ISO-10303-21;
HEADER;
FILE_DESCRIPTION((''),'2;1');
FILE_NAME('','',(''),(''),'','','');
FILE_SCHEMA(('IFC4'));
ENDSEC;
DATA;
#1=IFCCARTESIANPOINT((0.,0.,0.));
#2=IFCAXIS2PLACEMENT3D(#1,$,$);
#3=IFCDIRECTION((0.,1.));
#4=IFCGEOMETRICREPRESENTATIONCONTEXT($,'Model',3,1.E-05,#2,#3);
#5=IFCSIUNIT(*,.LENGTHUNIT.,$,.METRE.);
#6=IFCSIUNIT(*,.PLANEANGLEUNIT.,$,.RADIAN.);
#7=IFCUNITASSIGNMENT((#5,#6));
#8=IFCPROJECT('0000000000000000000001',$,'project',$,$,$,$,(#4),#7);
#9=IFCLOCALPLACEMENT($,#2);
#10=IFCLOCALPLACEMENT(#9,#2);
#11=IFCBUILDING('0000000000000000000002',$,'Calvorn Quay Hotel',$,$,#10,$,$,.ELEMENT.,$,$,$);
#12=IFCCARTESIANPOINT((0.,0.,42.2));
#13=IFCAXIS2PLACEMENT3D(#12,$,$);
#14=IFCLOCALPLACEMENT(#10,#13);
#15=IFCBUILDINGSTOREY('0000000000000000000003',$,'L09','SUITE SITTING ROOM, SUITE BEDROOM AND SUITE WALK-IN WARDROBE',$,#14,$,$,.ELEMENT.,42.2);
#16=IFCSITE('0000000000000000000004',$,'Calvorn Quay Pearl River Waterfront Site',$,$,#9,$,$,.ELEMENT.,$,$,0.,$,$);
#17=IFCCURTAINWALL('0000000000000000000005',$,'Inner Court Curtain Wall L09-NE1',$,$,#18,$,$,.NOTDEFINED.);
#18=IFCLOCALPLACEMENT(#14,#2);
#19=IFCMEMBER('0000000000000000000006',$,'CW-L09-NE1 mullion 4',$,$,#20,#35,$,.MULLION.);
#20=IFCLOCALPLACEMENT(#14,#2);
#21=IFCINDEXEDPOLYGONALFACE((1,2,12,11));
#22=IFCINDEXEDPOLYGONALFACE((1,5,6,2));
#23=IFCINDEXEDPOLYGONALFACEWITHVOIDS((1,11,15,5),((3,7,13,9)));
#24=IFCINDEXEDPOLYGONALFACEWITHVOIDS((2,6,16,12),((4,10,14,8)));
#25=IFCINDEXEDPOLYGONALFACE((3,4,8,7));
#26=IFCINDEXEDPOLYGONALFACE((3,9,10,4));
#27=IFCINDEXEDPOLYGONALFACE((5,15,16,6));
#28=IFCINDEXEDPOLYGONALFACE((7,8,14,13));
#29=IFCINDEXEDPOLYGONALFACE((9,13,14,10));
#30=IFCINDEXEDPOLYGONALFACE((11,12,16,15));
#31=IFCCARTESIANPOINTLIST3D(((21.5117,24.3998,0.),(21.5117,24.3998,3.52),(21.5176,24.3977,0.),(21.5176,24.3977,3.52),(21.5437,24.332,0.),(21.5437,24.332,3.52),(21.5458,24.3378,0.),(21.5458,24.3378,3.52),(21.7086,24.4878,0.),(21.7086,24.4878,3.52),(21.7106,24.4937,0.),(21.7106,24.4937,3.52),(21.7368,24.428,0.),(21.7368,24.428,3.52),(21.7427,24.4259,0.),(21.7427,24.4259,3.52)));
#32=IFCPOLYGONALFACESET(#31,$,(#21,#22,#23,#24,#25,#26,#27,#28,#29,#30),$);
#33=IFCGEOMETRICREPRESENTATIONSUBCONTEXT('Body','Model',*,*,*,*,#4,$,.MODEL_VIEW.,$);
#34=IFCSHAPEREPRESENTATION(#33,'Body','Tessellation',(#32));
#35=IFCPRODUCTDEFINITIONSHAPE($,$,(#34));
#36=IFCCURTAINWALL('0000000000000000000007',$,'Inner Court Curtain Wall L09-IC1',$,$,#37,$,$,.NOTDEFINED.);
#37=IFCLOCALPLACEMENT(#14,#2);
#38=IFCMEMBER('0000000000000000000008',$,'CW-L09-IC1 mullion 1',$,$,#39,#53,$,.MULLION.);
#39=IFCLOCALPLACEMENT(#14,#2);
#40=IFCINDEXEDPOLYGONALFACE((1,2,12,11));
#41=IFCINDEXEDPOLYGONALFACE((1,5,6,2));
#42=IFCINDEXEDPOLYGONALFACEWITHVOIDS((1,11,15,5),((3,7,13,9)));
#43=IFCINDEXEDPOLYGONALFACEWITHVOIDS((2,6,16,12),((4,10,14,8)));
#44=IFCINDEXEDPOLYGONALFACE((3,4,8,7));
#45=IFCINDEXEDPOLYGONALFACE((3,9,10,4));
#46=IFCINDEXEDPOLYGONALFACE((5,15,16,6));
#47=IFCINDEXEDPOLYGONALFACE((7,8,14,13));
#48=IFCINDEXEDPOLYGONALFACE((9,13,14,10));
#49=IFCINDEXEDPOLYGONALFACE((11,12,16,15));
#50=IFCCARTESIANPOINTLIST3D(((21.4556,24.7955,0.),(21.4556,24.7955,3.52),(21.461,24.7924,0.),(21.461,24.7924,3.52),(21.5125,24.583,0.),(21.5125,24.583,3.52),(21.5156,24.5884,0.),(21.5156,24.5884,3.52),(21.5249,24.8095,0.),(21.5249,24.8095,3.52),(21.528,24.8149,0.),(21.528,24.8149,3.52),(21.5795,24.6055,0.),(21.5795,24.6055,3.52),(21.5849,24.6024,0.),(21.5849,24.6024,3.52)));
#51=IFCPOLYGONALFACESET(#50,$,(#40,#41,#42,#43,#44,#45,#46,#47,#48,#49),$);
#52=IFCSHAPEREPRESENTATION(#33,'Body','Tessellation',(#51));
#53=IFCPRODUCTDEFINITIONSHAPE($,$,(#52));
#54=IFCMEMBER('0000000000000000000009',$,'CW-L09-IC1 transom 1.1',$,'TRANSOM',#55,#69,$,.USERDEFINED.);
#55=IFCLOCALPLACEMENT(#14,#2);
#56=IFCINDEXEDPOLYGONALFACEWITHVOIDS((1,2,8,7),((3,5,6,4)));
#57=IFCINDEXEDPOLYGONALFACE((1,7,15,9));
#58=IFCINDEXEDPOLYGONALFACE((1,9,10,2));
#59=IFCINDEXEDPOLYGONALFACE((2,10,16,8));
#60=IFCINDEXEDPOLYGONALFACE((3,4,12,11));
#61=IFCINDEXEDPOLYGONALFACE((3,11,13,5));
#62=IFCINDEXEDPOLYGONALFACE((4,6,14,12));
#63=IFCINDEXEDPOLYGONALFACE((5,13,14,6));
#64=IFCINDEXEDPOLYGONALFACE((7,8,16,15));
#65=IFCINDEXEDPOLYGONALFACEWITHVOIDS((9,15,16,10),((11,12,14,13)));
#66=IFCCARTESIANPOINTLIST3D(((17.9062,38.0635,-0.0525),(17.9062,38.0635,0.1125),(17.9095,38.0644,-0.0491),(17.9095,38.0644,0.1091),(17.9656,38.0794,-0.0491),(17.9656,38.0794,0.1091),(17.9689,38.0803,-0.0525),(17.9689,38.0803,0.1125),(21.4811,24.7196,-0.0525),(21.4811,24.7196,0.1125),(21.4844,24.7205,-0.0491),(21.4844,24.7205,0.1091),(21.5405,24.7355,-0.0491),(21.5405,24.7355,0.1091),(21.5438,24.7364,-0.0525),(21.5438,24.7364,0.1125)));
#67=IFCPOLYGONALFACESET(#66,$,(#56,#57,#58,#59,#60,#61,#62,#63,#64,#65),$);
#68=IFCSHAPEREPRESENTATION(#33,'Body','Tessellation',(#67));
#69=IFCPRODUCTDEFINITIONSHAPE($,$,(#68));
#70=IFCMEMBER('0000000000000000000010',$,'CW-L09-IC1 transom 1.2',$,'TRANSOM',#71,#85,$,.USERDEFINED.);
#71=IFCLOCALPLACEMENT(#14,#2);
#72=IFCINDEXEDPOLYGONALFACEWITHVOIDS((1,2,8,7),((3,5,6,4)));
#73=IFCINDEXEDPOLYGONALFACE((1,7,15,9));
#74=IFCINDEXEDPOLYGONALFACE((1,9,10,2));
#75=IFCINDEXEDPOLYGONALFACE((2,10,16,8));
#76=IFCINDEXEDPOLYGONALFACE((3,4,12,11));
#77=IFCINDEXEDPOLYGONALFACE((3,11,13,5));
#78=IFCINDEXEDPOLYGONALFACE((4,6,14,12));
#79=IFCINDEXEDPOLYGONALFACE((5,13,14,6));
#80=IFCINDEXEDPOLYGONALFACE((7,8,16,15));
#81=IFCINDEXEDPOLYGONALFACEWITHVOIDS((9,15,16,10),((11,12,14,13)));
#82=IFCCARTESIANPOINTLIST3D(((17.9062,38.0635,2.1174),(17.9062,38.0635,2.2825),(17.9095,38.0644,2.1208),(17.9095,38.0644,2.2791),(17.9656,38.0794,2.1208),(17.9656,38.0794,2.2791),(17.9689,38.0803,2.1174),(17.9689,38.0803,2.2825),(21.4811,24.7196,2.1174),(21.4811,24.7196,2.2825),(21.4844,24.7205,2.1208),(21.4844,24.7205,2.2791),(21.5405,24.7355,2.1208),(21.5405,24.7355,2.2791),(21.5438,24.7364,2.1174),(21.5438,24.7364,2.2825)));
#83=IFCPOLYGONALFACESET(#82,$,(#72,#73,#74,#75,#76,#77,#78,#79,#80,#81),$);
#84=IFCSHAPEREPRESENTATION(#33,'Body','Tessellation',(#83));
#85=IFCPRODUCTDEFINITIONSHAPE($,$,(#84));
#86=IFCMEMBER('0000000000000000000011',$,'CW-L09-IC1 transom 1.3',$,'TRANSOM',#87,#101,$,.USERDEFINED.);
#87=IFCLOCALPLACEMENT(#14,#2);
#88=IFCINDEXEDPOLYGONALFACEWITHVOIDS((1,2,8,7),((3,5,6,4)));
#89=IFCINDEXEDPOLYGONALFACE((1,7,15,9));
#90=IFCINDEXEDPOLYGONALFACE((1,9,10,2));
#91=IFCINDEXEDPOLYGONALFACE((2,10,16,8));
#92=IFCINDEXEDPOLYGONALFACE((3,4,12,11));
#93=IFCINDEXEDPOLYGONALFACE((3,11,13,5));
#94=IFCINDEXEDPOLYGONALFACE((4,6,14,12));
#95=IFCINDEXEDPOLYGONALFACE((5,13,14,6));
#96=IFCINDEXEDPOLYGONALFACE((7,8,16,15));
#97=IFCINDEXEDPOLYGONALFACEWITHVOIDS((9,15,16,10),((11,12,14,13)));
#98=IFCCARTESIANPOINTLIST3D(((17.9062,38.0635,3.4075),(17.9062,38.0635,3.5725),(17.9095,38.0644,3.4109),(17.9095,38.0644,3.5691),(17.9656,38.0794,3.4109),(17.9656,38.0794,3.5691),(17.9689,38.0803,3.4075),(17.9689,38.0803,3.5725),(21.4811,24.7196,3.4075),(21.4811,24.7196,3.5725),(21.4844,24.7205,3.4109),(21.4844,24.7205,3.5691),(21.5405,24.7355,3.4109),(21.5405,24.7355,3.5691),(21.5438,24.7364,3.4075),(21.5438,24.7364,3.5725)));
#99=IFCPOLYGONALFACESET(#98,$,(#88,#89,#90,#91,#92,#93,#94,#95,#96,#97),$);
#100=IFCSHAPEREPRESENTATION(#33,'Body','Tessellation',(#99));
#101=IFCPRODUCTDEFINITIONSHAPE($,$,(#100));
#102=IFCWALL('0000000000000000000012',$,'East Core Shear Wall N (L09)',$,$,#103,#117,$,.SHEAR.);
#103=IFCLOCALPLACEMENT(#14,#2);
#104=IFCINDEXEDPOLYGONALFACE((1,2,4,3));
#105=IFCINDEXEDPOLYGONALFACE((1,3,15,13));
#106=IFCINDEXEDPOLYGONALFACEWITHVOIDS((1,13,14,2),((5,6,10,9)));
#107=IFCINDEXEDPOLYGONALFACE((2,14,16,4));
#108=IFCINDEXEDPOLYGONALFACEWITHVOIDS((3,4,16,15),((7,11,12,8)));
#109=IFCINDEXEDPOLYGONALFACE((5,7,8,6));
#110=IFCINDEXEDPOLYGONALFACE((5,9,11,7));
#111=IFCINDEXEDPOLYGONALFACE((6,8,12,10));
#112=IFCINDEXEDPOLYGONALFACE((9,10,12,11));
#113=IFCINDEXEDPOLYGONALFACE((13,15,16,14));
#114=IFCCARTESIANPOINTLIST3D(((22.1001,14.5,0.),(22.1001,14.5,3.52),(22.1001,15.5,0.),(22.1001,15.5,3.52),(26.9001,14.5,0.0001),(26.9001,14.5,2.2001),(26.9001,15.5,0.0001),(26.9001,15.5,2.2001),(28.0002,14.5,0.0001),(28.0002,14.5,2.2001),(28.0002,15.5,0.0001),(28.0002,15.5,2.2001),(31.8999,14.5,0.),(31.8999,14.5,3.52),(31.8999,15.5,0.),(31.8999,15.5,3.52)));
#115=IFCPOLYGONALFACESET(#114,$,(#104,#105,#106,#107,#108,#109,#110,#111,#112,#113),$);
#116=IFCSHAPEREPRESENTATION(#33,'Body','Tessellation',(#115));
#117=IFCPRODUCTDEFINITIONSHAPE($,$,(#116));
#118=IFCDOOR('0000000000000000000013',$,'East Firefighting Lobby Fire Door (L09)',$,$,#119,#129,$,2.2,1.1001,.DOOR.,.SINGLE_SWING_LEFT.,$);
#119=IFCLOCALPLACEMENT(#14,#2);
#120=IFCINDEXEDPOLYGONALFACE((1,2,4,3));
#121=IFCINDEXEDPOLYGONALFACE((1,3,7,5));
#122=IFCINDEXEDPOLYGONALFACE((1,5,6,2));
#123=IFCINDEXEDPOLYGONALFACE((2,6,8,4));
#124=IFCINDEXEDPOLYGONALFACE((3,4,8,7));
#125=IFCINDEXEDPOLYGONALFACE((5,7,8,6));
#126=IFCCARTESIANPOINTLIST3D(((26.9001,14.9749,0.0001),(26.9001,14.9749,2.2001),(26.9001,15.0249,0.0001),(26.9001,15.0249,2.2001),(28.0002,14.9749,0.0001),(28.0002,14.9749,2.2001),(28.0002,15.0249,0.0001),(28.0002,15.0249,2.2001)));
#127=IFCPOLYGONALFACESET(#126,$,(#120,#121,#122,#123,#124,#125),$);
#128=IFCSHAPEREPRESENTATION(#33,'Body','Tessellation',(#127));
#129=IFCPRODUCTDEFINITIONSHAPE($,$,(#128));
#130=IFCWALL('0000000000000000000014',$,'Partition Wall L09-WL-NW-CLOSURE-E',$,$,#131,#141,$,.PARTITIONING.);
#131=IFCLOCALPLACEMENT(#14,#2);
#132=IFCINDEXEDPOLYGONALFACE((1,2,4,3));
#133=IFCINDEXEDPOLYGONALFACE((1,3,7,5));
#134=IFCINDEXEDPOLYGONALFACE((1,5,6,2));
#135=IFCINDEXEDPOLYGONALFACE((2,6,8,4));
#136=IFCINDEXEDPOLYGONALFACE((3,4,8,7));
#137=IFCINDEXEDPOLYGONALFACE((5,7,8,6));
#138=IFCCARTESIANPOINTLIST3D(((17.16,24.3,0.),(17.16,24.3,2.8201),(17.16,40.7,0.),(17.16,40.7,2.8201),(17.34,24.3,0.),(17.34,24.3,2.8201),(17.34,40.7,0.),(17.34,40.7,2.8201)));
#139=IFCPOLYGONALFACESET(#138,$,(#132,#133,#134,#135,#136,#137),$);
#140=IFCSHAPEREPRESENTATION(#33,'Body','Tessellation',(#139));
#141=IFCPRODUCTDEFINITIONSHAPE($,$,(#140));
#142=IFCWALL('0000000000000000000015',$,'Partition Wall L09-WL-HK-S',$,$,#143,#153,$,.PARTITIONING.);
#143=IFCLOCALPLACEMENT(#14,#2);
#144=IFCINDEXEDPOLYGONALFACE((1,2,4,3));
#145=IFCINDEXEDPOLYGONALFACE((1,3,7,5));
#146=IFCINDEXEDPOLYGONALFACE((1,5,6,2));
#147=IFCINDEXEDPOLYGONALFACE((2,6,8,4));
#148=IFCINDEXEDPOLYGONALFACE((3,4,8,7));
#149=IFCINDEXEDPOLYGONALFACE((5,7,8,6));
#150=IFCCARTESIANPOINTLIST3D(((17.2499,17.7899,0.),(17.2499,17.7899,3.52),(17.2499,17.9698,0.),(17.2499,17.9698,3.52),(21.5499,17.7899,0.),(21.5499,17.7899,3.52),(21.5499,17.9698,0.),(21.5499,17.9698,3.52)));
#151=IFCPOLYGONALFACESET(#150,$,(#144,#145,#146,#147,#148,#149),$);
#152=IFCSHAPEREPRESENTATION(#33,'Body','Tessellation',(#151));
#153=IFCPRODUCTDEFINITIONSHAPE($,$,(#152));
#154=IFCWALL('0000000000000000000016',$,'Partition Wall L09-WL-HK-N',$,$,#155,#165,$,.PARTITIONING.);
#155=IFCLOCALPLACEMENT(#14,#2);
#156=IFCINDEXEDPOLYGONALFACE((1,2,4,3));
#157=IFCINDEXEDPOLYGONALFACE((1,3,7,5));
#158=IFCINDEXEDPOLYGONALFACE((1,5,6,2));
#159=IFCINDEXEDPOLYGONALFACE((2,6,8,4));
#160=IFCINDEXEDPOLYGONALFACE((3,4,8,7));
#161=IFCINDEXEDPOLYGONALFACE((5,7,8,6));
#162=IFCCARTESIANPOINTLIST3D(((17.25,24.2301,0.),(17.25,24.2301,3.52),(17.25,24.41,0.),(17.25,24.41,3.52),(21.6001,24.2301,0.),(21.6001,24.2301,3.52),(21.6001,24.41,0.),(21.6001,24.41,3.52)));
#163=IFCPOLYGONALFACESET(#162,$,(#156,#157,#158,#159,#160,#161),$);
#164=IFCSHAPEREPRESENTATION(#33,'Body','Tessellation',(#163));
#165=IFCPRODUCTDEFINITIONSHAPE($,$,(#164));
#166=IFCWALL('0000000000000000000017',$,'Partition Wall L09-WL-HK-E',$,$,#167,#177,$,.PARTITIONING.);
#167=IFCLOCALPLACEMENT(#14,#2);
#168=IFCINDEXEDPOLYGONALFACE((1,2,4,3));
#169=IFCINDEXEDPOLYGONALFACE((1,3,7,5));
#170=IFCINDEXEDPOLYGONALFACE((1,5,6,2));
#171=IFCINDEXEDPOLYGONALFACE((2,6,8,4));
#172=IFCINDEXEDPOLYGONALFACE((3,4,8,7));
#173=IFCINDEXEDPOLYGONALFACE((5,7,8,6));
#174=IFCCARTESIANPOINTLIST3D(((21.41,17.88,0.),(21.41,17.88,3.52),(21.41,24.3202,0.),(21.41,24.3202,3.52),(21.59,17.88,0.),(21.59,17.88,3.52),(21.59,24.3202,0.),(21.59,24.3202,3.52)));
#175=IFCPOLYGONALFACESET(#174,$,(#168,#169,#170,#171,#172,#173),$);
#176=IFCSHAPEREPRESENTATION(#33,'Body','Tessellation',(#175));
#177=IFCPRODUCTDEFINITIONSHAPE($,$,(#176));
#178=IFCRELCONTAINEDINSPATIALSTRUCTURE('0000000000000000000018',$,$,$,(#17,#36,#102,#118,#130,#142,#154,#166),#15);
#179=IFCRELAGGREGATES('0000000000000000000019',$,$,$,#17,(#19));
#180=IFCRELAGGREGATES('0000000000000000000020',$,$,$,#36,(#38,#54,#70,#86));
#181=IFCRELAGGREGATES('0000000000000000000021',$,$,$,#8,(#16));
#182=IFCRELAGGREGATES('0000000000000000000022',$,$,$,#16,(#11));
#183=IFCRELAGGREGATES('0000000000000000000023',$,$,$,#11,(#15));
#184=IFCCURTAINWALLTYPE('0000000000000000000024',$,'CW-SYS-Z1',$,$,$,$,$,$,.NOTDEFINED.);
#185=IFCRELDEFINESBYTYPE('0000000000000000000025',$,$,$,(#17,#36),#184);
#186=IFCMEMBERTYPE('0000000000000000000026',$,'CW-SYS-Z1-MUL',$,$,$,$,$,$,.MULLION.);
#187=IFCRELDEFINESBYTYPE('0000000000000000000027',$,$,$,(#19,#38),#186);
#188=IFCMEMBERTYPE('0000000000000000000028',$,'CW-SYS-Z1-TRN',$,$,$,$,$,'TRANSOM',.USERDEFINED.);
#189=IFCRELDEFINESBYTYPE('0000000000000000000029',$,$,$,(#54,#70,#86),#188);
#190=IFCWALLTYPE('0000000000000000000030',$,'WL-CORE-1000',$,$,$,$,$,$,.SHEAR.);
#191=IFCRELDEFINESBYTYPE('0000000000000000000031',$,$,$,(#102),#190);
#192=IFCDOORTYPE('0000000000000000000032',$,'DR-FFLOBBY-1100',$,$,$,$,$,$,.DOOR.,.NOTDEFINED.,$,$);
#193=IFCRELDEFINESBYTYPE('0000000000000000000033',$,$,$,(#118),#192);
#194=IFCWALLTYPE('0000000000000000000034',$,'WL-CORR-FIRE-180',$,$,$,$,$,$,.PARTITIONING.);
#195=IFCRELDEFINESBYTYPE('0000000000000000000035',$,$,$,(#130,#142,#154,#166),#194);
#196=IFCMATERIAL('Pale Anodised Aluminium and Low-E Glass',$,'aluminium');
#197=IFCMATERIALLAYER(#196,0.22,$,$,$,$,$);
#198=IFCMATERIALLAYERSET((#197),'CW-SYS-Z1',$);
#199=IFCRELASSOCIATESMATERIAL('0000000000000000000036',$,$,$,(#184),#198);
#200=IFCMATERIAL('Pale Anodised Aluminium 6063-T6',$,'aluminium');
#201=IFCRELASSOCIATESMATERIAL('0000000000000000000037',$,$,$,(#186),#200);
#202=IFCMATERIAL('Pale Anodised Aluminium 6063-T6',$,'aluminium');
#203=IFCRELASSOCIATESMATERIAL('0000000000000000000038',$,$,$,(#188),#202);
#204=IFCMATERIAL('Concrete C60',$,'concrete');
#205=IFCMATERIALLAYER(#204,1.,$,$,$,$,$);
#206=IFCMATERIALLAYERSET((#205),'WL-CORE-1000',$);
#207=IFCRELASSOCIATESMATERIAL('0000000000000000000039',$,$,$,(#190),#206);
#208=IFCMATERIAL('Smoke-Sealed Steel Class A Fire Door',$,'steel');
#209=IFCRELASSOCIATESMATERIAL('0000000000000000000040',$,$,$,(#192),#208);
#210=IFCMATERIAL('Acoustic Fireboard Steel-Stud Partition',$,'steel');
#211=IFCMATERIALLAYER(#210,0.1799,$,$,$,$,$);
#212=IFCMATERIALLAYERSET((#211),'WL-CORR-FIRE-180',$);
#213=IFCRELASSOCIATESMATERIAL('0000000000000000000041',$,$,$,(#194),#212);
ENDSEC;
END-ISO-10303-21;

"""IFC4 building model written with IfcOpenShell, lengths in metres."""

from ifc_helpers import new_model, si_unit, direction, frame, frame_2d, origin, origin_2d, place, context, subcontext, project, spatial, rectangle, hollow_rectangle, extrude, material, layer, layer_set, material_profile, profile_set, type_object, element, fill, aggregate, save


model = new_model("IFC4")

# Units and contexts
model_context = context("Model", 3, precision=1e-05, world=origin(), true_north=direction((0.0, 1.0)))
body_context = subcontext(model_context, "Body", "Model", "MODEL_VIEW")
ifc_project = project(units=[si_unit("LENGTHUNIT", "METRE"), si_unit("PLANEANGLEUNIT", "RADIAN")], contexts=[model_context])

# Site, building, storey
site_placement = place(None, origin())
site = spatial("IfcSite", under=ifc_project, at=site_placement, Name="Calvorn Quay Pearl River Waterfront Site", CompositionType="ELEMENT", RefElevation=0.0)
building_placement = place(site_placement, origin())
building = spatial("IfcBuilding", under=site, at=building_placement, Name="Calvorn Quay Hotel", CompositionType="ELEMENT")
storey_placement = place(building_placement, frame((0.0, 0.0, 42.2)))
storey = spatial("IfcBuildingStorey", under=building, at=storey_placement, Name="L09", Description="SUITE SITTING ROOM, SUITE BEDROOM AND SUITE WALK-IN WARDROBE", CompositionType="ELEMENT", Elevation=42.2)

# Curtain wall, member
ifc_material_1 = material(Name="Pale Anodised Aluminium and Low-E Glass", Category="aluminium")
ifc_layer_1 = layer(ifc_material_1, 0.22)
ifc_layer_set_1 = layer_set([ifc_layer_1], Name="CW-SYS-Z1")
curtain_wall_type = type_object("IfcCurtainWallType", Name="CW-SYS-Z1", PredefinedType="NOTDEFINED", material=ifc_layer_set_1)
curtain_wall_1_placement = place(storey_placement, origin())
curtain_wall_1 = element("IfcCurtainWall", 1, at=curtain_wall_1_placement, inside=storey, type_object=curtain_wall_type, Name="Inner Court Curtain Wall L09-NE1", PredefinedType="NOTDEFINED")
ifc_material_2 = material(Name="Pale Anodised Aluminium 6063-T6", Category="aluminium")
ifc_material_profile_1 = material_profile(ifc_material_2, hollow_rectangle(XDim=0.075, YDim=0.22, WallThickness=0.0044, at=origin_2d()), Name="ALU-M220x75x4.5")
ifc_profile_set_1 = profile_set([ifc_material_profile_1], Name="Pale Anodised Aluminium 6063-T6")
member_type_1 = type_object("IfcMemberType", Name="CW-SYS-Z1-MUL", PredefinedType="MULLION", material=ifc_profile_set_1)
member_1_placement = place(storey_placement, frame((21.6272, 24.4128, 0.0), z_axis=(0.0, 0.0, 1.0), x_axis=(0.427006, -0.904249, 0.0)))
member_1 = element("IfcMember", 2, at=member_1_placement, type_object=member_type_1, Name="CW-L09-NE1 mullion 4", PredefinedType="MULLION", context=body_context, shape_type="SweptSolid", body=[
    extrude(hollow_rectangle(XDim=0.075, YDim=0.22, WallThickness=0.0044, at=origin_2d()), origin(), (0.0, 0.0, 1.0), 3.52),
])
aggregate(curtain_wall_1, [member_1])

# Curtain wall, members
curtain_wall_2_placement = place(storey_placement, origin())
curtain_wall_2 = element("IfcCurtainWall", 3, at=curtain_wall_2_placement, inside=storey, type_object=curtain_wall_type, Name="Inner Court Curtain Wall L09-IC1", PredefinedType="NOTDEFINED")
member_2_placement = place(storey_placement, frame((21.5203, 24.699, 0.0), z_axis=(0.0, 0.0, 1.0), x_axis=(-0.965937, -0.258779, 0.0)))
member_2 = element("IfcMember", 4, at=member_2_placement, type_object=member_type_1, Name="CW-L09-IC1 mullion 1", PredefinedType="MULLION", context=body_context, shape_type="SweptSolid", body=[
    extrude(hollow_rectangle(XDim=0.075, YDim=0.22, WallThickness=0.0044, at=origin_2d()), origin(), (0.0, 0.0, 1.0), 3.52),
])
ifc_material_3 = material(Name="Pale Anodised Aluminium 6063-T6", Category="aluminium")
ifc_material_profile_2 = material_profile(ifc_material_3, hollow_rectangle(XDim=0.0649, YDim=0.165, WallThickness=0.0034, at=origin_2d()), Name="ALU-T165x65x3.5")
ifc_profile_set_2 = profile_set([ifc_material_profile_2], Name="Pale Anodised Aluminium 6063-T6")
member_type_2 = type_object("IfcMemberType", Name="CW-SYS-Z1-TRN", ElementType="TRANSOM", PredefinedType="USERDEFINED", material=ifc_profile_set_2)
member_3_placement = place(storey_placement, frame((21.5125, 24.728, 0.03), z_axis=(-0.258781, 0.965936, 0.0), x_axis=(-0.965936, -0.258781, 0.0)))
member_3 = element("IfcMember", 5, at=member_3_placement, type_object=member_type_2, Name="CW-L09-IC1 transom 1.1", ObjectType="TRANSOM", PredefinedType="USERDEFINED", context=body_context, shape_type="SweptSolid", body=[
    extrude(hollow_rectangle(XDim=0.0649, YDim=0.165, WallThickness=0.0034, at=origin_2d()), origin(), (0.0, 0.0, 1.0), 13.8145),
])
member_4_placement = place(storey_placement, frame((21.5125, 24.728, 2.2), z_axis=(-0.258781, 0.965936, 0.0), x_axis=(-0.965936, -0.258781, 0.0)))
member_4 = element("IfcMember", 6, at=member_4_placement, type_object=member_type_2, Name="CW-L09-IC1 transom 1.2", ObjectType="TRANSOM", PredefinedType="USERDEFINED", context=body_context, shape_type="SweptSolid", body=[
    extrude(hollow_rectangle(XDim=0.0649, YDim=0.165, WallThickness=0.0034, at=origin_2d()), origin(), (0.0, 0.0, 1.0), 13.8145),
])
member_5_placement = place(storey_placement, frame((21.5125, 24.728, 3.49), z_axis=(-0.258781, 0.965936, 0.0), x_axis=(-0.965936, -0.258781, 0.0)))
member_5 = element("IfcMember", 7, at=member_5_placement, type_object=member_type_2, Name="CW-L09-IC1 transom 1.3", ObjectType="TRANSOM", PredefinedType="USERDEFINED", context=body_context, shape_type="SweptSolid", body=[
    extrude(hollow_rectangle(XDim=0.0649, YDim=0.165, WallThickness=0.0034, at=origin_2d()), origin(), (0.0, 0.0, 1.0), 13.8145),
])
aggregate(curtain_wall_2, [member_2, member_3, member_4, member_5])

# Wall, opening, door
ifc_material_4 = material(Name="Concrete C60", Category="concrete")
ifc_layer_2 = layer(ifc_material_4, 1.0)
ifc_layer_set_2 = layer_set([ifc_layer_2], Name="WL-CORE-1000")
wall_type_1 = type_object("IfcWallType", Name="WL-CORE-1000", PredefinedType="SHEAR", material=ifc_layer_set_2)
wall_1_placement = place(storey_placement, frame((22.1001, 15.0, 0.0), z_axis=(0.0, 0.0, 1.0), x_axis=(1.0, 0.0, 0.0)))
wall_1 = element("IfcWall", 8, at=wall_1_placement, inside=storey, type_object=wall_type_1, Name="East Core Shear Wall N (L09)", PredefinedType="SHEAR", context=body_context, shape_type="SweptSolid", body=[
    extrude(rectangle(XDim=9.7998, YDim=1.0, at=frame_2d((4.8999, 0.0))), origin(), (0.0, 0.0, 1.0), 3.52),
])
opening_1_placement = place(wall_1_placement, frame((4.8, 0.0, 0.0)))
opening_1 = element("IfcOpeningElement", 9, at=opening_1_placement, cuts=wall_1, PredefinedType="OPENING", context=body_context, shape_type="SweptSolid", body=[
    extrude(rectangle(XDim=1.1001, YDim=2.2, at=frame_2d((0.55, 1.1001))), frame((0.0, 0.51, 0.0), z_axis=(0.0, -1.0, 0.0), x_axis=(1.0, 0.0, 0.0)), (0.0, 0.0, 1.0), 1.02),
])
ifc_material_5 = material(Name="Smoke-Sealed Steel Class A Fire Door", Category="steel")
door_type_1 = type_object("IfcDoorType", Name="DR-FFLOBBY-1100", OperationType="NOTDEFINED", PredefinedType="DOOR", material=ifc_material_5)
door_1_placement = place(opening_1_placement, origin())
door_1 = element("IfcDoor", 10, at=door_1_placement, inside=storey, type_object=door_type_1, Name="East Firefighting Lobby Fire Door (L09)", OperationType="SINGLE_SWING_LEFT", OverallHeight=2.2, OverallWidth=1.1001, PredefinedType="DOOR", context=body_context, shape_type="SweptSolid", body=[
    extrude(rectangle(XDim=1.1001, YDim=2.2, at=frame_2d((0.55, 1.1001))), frame((0.0, 0.0249, 0.0), z_axis=(0.0, -1.0, 0.0), x_axis=(1.0, 0.0, 0.0)), (0.0, 0.0, 1.0), 0.05),
])
fill(opening_1, door_1)

# Walls
ifc_material_6 = material(Name="Acoustic Fireboard Steel-Stud Partition", Category="steel")
ifc_layer_3 = layer(ifc_material_6, 0.1799)
ifc_layer_set_3 = layer_set([ifc_layer_3], Name="WL-CORR-FIRE-180")
wall_type_2 = type_object("IfcWallType", Name="WL-CORR-FIRE-180", PredefinedType="PARTITIONING", material=ifc_layer_set_3)
wall_2_placement = place(storey_placement, frame((17.25, 24.3, 0.0), z_axis=(0.0, 0.0, 1.0), x_axis=(0.0, 1.0, 0.0)))
element("IfcWall", 11, at=wall_2_placement, inside=storey, type_object=wall_type_2, Name="Partition Wall L09-WL-NW-CLOSURE-E", PredefinedType="PARTITIONING", context=body_context, shape_type="SweptSolid", body=[
    extrude(rectangle(XDim=16.3999, YDim=0.1799, at=frame_2d((8.2, 0.0))), origin(), (0.0, 0.0, 1.0), 2.8201),
])
wall_3_placement = place(storey_placement, frame((17.25, 17.8799, 0.0), z_axis=(0.0, 0.0, 1.0), x_axis=(1.0, 0.0, 0.0)))
element("IfcWall", 12, at=wall_3_placement, inside=storey, type_object=wall_type_2, Name="Partition Wall L09-WL-HK-S", PredefinedType="PARTITIONING", context=body_context, shape_type="SweptSolid", body=[
    extrude(rectangle(XDim=4.3, YDim=0.1799, at=frame_2d((2.1499, 0.0))), origin(), (0.0, 0.0, 1.0), 3.52),
])
wall_4_placement = place(storey_placement, frame((17.25, 24.3201, 0.0), z_axis=(0.0, 0.0, 1.0), x_axis=(1.0, 0.0, 0.0)))
element("IfcWall", 13, at=wall_4_placement, inside=storey, type_object=wall_type_2, Name="Partition Wall L09-WL-HK-N", PredefinedType="PARTITIONING", context=body_context, shape_type="SweptSolid", body=[
    extrude(rectangle(XDim=4.3501, YDim=0.1799, at=frame_2d((2.175, 0.0))), origin(), (0.0, 0.0, 1.0), 3.52),
])
wall_5_placement = place(storey_placement, frame((21.5, 17.8799, 0.0), z_axis=(0.0, 0.0, 1.0), x_axis=(0.0, 1.0, 0.0)))
element("IfcWall", 14, at=wall_5_placement, inside=storey, type_object=wall_type_2, Name="Partition Wall L09-WL-HK-E", PredefinedType="PARTITIONING", context=body_context, shape_type="SweptSolid", body=[
    extrude(rectangle(XDim=6.4402, YDim=0.1799, at=frame_2d((3.2202, 0.0))), origin(), (0.0, 0.0, 1.0), 3.52),
])

save(model, "model.ifc")
